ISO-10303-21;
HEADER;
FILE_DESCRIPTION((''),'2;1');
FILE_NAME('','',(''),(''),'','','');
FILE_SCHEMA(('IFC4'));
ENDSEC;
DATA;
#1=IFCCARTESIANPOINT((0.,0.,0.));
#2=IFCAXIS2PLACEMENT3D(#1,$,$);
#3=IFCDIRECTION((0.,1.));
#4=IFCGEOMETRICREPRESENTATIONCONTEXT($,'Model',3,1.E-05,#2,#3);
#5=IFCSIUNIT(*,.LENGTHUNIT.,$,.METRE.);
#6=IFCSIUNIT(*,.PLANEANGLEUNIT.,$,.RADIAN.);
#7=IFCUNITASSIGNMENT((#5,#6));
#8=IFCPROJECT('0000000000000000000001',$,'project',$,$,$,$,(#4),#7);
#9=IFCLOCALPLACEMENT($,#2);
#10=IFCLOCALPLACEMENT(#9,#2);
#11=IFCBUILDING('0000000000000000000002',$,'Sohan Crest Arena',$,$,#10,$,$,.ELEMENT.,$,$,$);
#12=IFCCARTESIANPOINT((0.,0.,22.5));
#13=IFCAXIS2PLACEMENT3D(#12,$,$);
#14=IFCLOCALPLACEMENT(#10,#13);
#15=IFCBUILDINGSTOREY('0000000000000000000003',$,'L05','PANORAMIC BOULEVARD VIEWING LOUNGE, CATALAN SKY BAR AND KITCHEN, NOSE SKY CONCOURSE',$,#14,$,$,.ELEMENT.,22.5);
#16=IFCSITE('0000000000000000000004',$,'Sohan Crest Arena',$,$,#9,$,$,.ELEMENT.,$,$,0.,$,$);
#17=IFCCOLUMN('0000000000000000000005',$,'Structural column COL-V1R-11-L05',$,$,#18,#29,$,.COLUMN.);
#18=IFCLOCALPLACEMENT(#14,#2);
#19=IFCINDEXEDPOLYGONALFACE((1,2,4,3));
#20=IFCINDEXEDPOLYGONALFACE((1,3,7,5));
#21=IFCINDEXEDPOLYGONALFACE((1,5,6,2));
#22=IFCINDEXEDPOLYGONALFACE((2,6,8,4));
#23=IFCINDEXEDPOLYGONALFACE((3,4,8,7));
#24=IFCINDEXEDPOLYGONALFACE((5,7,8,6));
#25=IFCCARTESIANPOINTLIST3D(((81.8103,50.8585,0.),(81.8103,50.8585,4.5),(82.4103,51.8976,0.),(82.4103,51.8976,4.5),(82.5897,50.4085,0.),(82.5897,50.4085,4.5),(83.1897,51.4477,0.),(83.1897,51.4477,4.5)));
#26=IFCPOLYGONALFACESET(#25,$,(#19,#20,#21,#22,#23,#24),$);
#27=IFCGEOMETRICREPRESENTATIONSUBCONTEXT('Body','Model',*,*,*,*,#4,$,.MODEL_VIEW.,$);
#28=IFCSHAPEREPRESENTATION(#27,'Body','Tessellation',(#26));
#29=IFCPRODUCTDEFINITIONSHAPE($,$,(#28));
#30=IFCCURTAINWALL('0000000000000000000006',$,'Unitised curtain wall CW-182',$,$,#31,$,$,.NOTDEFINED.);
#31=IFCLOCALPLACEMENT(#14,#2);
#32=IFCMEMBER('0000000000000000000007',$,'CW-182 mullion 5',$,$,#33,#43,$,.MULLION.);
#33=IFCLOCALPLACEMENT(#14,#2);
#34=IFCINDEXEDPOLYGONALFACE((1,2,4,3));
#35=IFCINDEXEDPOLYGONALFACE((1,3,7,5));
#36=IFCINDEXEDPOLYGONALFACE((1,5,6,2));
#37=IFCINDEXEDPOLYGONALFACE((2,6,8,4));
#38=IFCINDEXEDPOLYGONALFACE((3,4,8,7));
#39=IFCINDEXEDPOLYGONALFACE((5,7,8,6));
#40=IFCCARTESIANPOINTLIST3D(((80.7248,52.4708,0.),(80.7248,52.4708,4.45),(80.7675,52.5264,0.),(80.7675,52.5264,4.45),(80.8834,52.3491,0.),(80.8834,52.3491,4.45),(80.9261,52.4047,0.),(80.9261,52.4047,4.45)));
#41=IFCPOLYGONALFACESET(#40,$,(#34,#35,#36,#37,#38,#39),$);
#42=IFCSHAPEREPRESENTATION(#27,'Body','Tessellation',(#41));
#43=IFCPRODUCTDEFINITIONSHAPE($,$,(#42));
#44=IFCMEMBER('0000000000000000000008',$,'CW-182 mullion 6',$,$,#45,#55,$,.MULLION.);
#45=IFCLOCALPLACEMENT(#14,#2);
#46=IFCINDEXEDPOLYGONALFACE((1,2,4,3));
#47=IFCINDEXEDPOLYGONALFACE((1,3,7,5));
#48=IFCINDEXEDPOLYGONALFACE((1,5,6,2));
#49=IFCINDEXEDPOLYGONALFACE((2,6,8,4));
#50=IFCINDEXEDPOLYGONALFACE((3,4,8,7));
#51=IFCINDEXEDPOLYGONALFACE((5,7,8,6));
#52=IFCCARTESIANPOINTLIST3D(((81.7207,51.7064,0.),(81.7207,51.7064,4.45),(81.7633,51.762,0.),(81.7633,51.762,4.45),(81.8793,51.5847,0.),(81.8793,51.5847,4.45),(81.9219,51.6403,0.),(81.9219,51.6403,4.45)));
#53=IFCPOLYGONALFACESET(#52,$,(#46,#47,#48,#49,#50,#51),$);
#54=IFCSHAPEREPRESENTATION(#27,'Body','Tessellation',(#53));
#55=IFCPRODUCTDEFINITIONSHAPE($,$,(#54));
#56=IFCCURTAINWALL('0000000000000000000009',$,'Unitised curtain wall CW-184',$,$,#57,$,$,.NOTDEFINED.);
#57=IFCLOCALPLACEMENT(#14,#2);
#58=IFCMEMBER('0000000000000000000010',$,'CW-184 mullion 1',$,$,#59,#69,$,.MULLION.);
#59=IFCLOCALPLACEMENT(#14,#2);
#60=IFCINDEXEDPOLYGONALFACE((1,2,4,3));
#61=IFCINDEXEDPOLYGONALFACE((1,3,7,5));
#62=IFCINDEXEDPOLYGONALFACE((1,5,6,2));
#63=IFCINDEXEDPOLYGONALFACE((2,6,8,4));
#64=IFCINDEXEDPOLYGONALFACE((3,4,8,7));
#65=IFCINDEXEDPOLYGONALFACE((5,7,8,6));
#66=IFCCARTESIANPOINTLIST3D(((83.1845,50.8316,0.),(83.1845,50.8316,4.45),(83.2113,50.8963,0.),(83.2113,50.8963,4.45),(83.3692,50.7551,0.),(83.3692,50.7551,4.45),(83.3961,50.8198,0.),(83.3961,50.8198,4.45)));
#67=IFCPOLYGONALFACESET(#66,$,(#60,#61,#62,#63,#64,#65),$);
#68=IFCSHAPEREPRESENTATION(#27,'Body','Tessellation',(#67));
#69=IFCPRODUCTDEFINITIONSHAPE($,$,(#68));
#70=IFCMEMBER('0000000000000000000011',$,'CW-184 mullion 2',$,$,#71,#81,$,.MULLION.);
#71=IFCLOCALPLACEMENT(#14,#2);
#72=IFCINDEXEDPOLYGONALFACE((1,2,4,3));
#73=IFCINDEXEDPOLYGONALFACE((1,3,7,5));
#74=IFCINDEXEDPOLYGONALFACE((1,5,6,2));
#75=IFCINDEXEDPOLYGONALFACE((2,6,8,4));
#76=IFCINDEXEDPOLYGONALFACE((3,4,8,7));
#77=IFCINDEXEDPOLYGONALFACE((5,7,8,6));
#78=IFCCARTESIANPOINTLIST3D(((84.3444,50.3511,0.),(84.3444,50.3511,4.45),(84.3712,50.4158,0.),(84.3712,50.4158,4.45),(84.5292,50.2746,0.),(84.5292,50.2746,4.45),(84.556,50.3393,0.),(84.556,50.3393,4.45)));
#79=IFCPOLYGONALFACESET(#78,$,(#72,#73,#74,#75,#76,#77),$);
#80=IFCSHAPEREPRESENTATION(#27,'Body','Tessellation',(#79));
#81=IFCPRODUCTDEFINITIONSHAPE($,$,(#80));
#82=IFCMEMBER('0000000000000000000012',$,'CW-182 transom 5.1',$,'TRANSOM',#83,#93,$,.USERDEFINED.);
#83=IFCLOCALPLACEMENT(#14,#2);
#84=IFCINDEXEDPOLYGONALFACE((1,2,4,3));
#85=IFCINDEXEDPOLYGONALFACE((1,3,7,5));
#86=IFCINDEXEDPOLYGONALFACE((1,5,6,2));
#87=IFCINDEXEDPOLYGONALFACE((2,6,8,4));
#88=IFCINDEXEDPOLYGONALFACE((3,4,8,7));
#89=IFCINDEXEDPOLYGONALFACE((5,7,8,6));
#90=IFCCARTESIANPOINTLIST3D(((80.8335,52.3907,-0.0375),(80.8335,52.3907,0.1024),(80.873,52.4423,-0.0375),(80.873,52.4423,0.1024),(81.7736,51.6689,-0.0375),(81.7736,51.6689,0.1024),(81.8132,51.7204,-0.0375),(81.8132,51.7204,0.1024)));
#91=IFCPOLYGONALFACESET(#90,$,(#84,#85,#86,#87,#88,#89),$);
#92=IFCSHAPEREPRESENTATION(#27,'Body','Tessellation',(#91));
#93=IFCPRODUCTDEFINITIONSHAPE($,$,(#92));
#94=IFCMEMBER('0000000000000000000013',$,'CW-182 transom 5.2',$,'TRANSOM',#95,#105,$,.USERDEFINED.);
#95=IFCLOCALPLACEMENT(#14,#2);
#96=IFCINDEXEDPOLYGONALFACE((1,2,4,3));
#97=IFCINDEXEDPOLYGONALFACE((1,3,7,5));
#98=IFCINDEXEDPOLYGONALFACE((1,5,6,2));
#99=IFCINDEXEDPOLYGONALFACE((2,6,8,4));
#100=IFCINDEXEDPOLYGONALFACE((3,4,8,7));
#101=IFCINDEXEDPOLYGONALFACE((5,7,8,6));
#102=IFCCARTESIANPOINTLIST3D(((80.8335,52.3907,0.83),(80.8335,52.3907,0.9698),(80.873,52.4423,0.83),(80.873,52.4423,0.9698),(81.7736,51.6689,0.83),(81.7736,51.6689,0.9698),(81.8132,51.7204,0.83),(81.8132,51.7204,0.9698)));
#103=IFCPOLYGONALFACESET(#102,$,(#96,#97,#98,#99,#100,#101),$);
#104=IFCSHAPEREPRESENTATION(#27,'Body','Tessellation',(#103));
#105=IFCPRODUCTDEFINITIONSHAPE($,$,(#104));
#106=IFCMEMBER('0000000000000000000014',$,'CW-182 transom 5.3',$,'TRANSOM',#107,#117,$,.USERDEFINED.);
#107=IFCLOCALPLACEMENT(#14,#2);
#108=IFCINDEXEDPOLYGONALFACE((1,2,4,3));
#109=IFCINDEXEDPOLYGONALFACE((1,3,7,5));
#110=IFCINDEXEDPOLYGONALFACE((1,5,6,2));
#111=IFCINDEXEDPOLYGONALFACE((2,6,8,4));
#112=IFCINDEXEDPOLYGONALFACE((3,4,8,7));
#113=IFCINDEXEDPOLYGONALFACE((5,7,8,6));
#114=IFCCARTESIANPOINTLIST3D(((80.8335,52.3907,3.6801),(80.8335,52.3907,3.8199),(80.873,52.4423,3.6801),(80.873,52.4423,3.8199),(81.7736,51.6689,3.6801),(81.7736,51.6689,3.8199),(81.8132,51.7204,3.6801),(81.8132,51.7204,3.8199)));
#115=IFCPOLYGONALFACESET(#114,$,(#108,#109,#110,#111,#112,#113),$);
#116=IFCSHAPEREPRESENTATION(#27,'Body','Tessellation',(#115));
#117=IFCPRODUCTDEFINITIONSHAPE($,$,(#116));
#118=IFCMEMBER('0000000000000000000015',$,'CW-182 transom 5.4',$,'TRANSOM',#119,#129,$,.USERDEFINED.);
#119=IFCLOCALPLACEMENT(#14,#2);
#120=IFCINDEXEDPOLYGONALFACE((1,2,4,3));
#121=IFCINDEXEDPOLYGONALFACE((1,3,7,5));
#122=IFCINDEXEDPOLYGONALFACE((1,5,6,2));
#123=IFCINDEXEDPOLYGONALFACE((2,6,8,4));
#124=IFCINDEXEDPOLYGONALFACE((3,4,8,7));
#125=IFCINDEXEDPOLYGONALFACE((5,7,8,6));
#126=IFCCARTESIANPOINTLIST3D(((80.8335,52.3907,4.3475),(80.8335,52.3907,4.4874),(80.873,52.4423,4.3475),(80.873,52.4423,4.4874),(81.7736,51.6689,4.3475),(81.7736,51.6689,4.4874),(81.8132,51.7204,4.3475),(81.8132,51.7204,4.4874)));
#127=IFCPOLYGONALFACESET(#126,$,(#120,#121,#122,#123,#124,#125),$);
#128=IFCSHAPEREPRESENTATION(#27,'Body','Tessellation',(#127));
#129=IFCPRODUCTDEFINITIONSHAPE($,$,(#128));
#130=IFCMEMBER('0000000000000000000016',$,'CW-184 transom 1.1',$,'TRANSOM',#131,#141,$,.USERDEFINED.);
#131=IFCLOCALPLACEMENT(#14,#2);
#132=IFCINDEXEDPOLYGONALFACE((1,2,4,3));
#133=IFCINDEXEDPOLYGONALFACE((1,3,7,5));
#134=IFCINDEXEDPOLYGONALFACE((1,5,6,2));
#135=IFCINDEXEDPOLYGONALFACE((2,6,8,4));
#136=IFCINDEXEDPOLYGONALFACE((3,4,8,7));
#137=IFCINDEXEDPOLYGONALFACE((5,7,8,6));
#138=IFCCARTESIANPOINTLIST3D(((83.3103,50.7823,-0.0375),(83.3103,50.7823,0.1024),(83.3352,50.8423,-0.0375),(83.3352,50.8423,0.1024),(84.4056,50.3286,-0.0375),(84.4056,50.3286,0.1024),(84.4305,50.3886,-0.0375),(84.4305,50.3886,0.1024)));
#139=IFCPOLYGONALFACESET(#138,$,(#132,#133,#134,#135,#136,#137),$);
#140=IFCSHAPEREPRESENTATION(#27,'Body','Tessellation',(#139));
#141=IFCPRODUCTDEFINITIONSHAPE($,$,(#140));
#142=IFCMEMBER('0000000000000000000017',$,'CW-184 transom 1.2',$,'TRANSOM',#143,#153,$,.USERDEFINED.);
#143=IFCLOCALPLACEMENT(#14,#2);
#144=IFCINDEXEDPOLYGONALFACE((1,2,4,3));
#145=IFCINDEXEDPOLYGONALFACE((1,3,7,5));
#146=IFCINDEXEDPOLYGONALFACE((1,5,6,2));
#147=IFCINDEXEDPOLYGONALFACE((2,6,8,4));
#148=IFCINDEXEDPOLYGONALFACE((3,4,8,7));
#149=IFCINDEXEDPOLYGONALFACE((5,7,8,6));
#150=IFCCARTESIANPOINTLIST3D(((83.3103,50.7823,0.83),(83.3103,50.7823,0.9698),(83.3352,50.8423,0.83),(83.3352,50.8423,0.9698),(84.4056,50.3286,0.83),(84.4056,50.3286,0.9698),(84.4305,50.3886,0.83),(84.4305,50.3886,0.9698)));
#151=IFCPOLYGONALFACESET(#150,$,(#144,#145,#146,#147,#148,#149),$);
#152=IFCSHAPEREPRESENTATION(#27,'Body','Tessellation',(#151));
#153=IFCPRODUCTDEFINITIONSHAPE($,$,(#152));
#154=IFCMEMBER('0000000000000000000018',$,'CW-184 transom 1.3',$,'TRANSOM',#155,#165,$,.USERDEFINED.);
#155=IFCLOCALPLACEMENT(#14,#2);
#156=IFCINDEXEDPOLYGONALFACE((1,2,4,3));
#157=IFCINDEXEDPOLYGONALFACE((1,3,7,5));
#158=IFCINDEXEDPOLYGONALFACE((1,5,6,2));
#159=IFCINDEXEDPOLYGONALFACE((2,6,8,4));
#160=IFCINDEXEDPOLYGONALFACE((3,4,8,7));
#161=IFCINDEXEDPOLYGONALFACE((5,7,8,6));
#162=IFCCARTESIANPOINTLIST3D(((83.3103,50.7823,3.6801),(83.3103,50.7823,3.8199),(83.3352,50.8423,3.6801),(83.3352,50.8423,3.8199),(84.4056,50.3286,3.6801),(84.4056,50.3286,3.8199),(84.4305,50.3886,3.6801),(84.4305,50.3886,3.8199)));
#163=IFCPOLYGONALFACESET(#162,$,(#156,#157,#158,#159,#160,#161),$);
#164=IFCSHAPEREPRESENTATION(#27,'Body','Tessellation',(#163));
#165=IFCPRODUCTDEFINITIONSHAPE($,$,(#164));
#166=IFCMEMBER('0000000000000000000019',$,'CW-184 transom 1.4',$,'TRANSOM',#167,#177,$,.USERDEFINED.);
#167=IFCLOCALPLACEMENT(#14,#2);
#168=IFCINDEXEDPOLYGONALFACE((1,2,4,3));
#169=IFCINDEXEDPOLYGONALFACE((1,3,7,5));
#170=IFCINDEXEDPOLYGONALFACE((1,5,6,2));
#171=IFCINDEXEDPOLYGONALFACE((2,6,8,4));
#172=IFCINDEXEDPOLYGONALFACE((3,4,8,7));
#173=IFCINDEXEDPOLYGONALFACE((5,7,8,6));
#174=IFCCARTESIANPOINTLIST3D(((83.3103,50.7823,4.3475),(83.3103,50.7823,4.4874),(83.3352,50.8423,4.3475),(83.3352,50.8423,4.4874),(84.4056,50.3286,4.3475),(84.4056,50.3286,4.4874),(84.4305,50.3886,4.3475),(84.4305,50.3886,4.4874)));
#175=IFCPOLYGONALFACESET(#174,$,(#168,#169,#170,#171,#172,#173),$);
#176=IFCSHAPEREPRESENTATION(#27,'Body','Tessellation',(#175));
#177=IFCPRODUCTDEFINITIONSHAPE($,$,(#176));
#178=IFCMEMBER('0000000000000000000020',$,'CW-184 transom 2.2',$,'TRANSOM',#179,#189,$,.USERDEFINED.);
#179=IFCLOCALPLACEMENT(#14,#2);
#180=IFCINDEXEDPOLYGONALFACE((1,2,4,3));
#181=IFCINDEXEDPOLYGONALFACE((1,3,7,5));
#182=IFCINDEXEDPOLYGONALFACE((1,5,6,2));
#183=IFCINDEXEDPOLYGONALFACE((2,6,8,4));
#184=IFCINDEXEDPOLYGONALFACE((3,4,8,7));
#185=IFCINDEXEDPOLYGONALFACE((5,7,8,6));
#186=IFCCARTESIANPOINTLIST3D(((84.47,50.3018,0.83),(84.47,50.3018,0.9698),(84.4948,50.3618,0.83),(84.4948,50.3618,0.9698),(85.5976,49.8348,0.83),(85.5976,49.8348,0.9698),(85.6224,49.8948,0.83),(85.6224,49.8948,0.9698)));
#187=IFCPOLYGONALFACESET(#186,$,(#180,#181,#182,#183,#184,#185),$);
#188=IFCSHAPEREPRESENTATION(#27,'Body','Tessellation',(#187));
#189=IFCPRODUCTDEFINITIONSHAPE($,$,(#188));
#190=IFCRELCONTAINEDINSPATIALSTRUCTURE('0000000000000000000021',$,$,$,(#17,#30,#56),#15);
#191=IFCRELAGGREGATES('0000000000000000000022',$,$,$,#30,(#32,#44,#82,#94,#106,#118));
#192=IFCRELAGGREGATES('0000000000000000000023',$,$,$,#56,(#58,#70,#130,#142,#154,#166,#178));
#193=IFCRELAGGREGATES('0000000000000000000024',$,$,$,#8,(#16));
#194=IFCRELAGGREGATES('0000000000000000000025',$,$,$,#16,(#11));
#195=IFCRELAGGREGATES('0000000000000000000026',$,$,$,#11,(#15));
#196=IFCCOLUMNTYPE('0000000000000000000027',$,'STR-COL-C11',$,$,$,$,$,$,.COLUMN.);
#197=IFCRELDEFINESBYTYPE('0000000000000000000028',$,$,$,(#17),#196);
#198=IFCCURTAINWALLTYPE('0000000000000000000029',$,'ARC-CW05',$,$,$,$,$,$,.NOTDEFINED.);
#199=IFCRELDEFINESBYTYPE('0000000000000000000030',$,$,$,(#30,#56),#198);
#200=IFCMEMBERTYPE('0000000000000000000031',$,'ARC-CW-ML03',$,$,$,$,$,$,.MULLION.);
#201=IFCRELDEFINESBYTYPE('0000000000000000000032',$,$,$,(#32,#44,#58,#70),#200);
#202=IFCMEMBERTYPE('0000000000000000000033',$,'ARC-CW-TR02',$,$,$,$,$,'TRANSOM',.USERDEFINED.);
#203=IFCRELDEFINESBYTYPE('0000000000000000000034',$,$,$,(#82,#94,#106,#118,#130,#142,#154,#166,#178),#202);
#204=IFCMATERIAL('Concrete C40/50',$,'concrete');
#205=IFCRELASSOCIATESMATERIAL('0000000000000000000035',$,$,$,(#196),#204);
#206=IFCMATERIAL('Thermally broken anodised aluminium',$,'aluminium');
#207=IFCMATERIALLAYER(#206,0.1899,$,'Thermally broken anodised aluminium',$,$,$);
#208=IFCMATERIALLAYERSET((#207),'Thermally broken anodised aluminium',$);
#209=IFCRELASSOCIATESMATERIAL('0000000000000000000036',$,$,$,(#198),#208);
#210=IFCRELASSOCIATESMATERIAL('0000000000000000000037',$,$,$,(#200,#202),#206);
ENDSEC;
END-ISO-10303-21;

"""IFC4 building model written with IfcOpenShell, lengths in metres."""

from ifc_helpers import new_model, si_unit, direction, frame, origin, origin_2d, place, context, subcontext, project, spatial, rectangle, extrude, material, layer, layer_set, material_profile, profile_set, type_object, element, aggregate, save


model = new_model("IFC4")

# Units and contexts
model_context = context("Model", 3, precision=1e-05, world=origin(), true_north=direction((0.0, 1.0)))
body_context = subcontext(model_context, "Body", "Model", "MODEL_VIEW")
ifc_project = project(units=[si_unit("LENGTHUNIT", "METRE"), si_unit("PLANEANGLEUNIT", "RADIAN")], contexts=[model_context])

# Site, building, storey
site_placement = place(None, origin())
site = spatial("IfcSite", under=ifc_project, at=site_placement, Name="Sohan Crest Arena", CompositionType="ELEMENT", RefElevation=0.0)
building_placement = place(site_placement, origin())
building = spatial("IfcBuilding", under=site, at=building_placement, Name="Sohan Crest Arena", CompositionType="ELEMENT")
storey_placement = place(building_placement, frame((0.0, 0.0, 22.5)))
storey = spatial("IfcBuildingStorey", under=building, at=storey_placement, Name="L05", Description="PANORAMIC BOULEVARD VIEWING LOUNGE, CATALAN SKY BAR AND KITCHEN, NOSE SKY CONCOURSE", CompositionType="ELEMENT", Elevation=22.5)

# Column
ifc_material_1 = material(Name="Concrete C40/50", Category="concrete")
ifc_material_profile_1 = material_profile(ifc_material_1, rectangle(XDim=1.2, YDim=0.8999, at=origin_2d()), Name="RC 1200x900")
ifc_profile_set_1 = profile_set([ifc_material_profile_1], Name="Concrete C40/50")
column_type = type_object("IfcColumnType", Name="STR-COL-C11", PredefinedType="COLUMN", material=ifc_profile_set_1)
column_placement = place(storey_placement, frame((82.5, 51.1531, 0.0), z_axis=(0.0, 0.0, 1.0), x_axis=(0.5, 0.866025, 0.0)))
element("IfcColumn", 1, at=column_placement, inside=storey, type_object=column_type, Name="Structural column COL-V1R-11-L05", PredefinedType="COLUMN", context=body_context, shape_type="SweptSolid", body=[
    extrude(rectangle(XDim=1.2, YDim=0.8999, at=origin_2d()), origin(), (0.0, 0.0, 1.0), 4.5),
])

# Curtain walls, members
ifc_material_2 = material(Name="Thermally broken anodised aluminium", Category="aluminium")
ifc_layer_1 = layer(ifc_material_2, 0.1899, Name="Thermally broken anodised aluminium")
ifc_layer_set_1 = layer_set([ifc_layer_1], Name="Thermally broken anodised aluminium")
curtain_wall_type = type_object("IfcCurtainWallType", Name="ARC-CW05", PredefinedType="NOTDEFINED", material=ifc_layer_set_1)
curtain_wall_1_placement = place(storey_placement, origin())
curtain_wall_1 = element("IfcCurtainWall", 2, at=curtain_wall_1_placement, inside=storey, type_object=curtain_wall_type, Name="Unitised curtain wall CW-182", PredefinedType="NOTDEFINED")
ifc_material_profile_2 = material_profile(ifc_material_2, rectangle(XDim=0.0701, YDim=0.2, at=origin_2d()), Name="ALU-MULL 70x200")
ifc_profile_set_2 = profile_set([ifc_material_profile_2], Name="Thermally broken anodised aluminium")
member_type_1 = type_object("IfcMemberType", Name="ARC-CW-ML03", PredefinedType="MULLION", material=ifc_profile_set_2)
member_1_placement = place(storey_placement, frame((80.8254, 52.4377, 0.0), z_axis=(0.0, 0.0, 1.0), x_axis=(0.608939, 0.793217, 0.0)))
member_1 = element("IfcMember", 3, at=member_1_placement, type_object=member_type_1, Name="CW-182 mullion 5", PredefinedType="MULLION", context=body_context, shape_type="SweptSolid", body=[
    extrude(rectangle(XDim=0.0701, YDim=0.2, at=origin_2d()), origin(), (0.0, 0.0, 1.0), 4.45),
])
member_2_placement = place(storey_placement, frame((81.8213, 51.6733, 0.0), z_axis=(0.0, 0.0, 1.0), x_axis=(0.608939, 0.793217, 0.0)))
member_2 = element("IfcMember", 4, at=member_2_placement, type_object=member_type_1, Name="CW-182 mullion 6", PredefinedType="MULLION", context=body_context, shape_type="SweptSolid", body=[
    extrude(rectangle(XDim=0.0701, YDim=0.2, at=origin_2d()), origin(), (0.0, 0.0, 1.0), 4.45),
])
curtain_wall_2_placement = place(storey_placement, origin())
curtain_wall_2 = element("IfcCurtainWall", 5, at=curtain_wall_2_placement, inside=storey, type_object=curtain_wall_type, Name="Unitised curtain wall CW-184", PredefinedType="NOTDEFINED")
member_3_placement = place(storey_placement, frame((83.2903, 50.8257, 0.0), z_axis=(0.0, 0.0, 1.0), x_axis=(0.382667, 0.923886, 0.0)))
member_3 = element("IfcMember", 6, at=member_3_placement, type_object=member_type_1, Name="CW-184 mullion 1", PredefinedType="MULLION", context=body_context, shape_type="SweptSolid", body=[
    extrude(rectangle(XDim=0.0701, YDim=0.2, at=origin_2d()), origin(), (0.0, 0.0, 1.0), 4.45),
])
member_4_placement = place(storey_placement, frame((84.4502, 50.3452, 0.0), z_axis=(0.0, 0.0, 1.0), x_axis=(0.382667, 0.923886, 0.0)))
member_4 = element("IfcMember", 7, at=member_4_placement, type_object=member_type_1, Name="CW-184 mullion 2", PredefinedType="MULLION", context=body_context, shape_type="SweptSolid", body=[
    extrude(rectangle(XDim=0.0701, YDim=0.2, at=origin_2d()), origin(), (0.0, 0.0, 1.0), 4.45),
])

# Members
ifc_material_profile_3 = material_profile(ifc_material_2, rectangle(XDim=0.0649, YDim=0.1399, at=origin_2d()), Name="ALU-TRAN 65x140")
ifc_profile_set_3 = profile_set([ifc_material_profile_3], Name="Thermally broken anodised aluminium")
member_type_2 = type_object("IfcMemberType", Name="ARC-CW-TR02", ElementType="TRANSOM", PredefinedType="USERDEFINED", material=ifc_profile_set_3)
member_5_placement = place(storey_placement, frame((80.8533, 52.4165, 0.0325), z_axis=(0.793152, -0.609024, 0.0), x_axis=(0.609024, 0.793152, 0.0)))
member_5 = element("IfcMember", 8, at=member_5_placement, type_object=member_type_2, Name="CW-182 transom 5.1", ObjectType="TRANSOM", PredefinedType="USERDEFINED", context=body_context, shape_type="SweptSolid", body=[
    extrude(rectangle(XDim=0.0649, YDim=0.1399, at=origin_2d()), origin(), (0.0, 0.0, 1.0), 1.1853),
])
member_6_placement = place(storey_placement, frame((80.8533, 52.4165, 0.8999), z_axis=(0.793152, -0.609024, 0.0), x_axis=(0.609024, 0.793152, 0.0)))
member_6 = element("IfcMember", 9, at=member_6_placement, type_object=member_type_2, Name="CW-182 transom 5.2", ObjectType="TRANSOM", PredefinedType="USERDEFINED", context=body_context, shape_type="SweptSolid", body=[
    extrude(rectangle(XDim=0.0649, YDim=0.1399, at=origin_2d()), origin(), (0.0, 0.0, 1.0), 1.1853),
])
member_7_placement = place(storey_placement, frame((80.8533, 52.4165, 3.75), z_axis=(0.793152, -0.609024, 0.0), x_axis=(0.609024, 0.793152, 0.0)))
member_7 = element("IfcMember", 10, at=member_7_placement, type_object=member_type_2, Name="CW-182 transom 5.3", ObjectType="TRANSOM", PredefinedType="USERDEFINED", context=body_context, shape_type="SweptSolid", body=[
    extrude(rectangle(XDim=0.0649, YDim=0.1399, at=origin_2d()), origin(), (0.0, 0.0, 1.0), 1.1853),
])
member_8_placement = place(storey_placement, frame((80.8533, 52.4165, 4.4175), z_axis=(0.793152, -0.609024, 0.0), x_axis=(0.609024, 0.793152, 0.0)))
member_8 = element("IfcMember", 11, at=member_8_placement, type_object=member_type_2, Name="CW-182 transom 5.4", ObjectType="TRANSOM", PredefinedType="USERDEFINED", context=body_context, shape_type="SweptSolid", body=[
    extrude(rectangle(XDim=0.0649, YDim=0.1399, at=origin_2d()), origin(), (0.0, 0.0, 1.0), 1.1853),
])
member_9_placement = place(storey_placement, frame((83.3228, 50.8123, 0.0325), z_axis=(0.923891, -0.382655, 0.0), x_axis=(0.382655, 0.923891, 0.0)))
member_9 = element("IfcMember", 12, at=member_9_placement, type_object=member_type_2, Name="CW-184 transom 1.1", ObjectType="TRANSOM", PredefinedType="USERDEFINED", context=body_context, shape_type="SweptSolid", body=[
    extrude(rectangle(XDim=0.0649, YDim=0.1399, at=origin_2d()), origin(), (0.0, 0.0, 1.0), 1.1855),
])
member_10_placement = place(storey_placement, frame((83.3228, 50.8123, 0.8999), z_axis=(0.923891, -0.382655, 0.0), x_axis=(0.382655, 0.923891, 0.0)))
member_10 = element("IfcMember", 13, at=member_10_placement, type_object=member_type_2, Name="CW-184 transom 1.2", ObjectType="TRANSOM", PredefinedType="USERDEFINED", context=body_context, shape_type="SweptSolid", body=[
    extrude(rectangle(XDim=0.0649, YDim=0.1399, at=origin_2d()), origin(), (0.0, 0.0, 1.0), 1.1855),
])
member_11_placement = place(storey_placement, frame((83.3228, 50.8123, 3.75), z_axis=(0.923891, -0.382655, 0.0), x_axis=(0.382655, 0.923891, 0.0)))
member_11 = element("IfcMember", 14, at=member_11_placement, type_object=member_type_2, Name="CW-184 transom 1.3", ObjectType="TRANSOM", PredefinedType="USERDEFINED", context=body_context, shape_type="SweptSolid", body=[
    extrude(rectangle(XDim=0.0649, YDim=0.1399, at=origin_2d()), origin(), (0.0, 0.0, 1.0), 1.1855),
])
member_12_placement = place(storey_placement, frame((83.3228, 50.8123, 4.4175), z_axis=(0.923891, -0.382655, 0.0), x_axis=(0.382655, 0.923891, 0.0)))
member_12 = element("IfcMember", 15, at=member_12_placement, type_object=member_type_2, Name="CW-184 transom 1.4", ObjectType="TRANSOM", PredefinedType="USERDEFINED", context=body_context, shape_type="SweptSolid", body=[
    extrude(rectangle(XDim=0.0649, YDim=0.1399, at=origin_2d()), origin(), (0.0, 0.0, 1.0), 1.1855),
])
member_13_placement = place(storey_placement, frame((84.4824, 50.3318, 0.8999), z_axis=(0.923897, -0.38264, 0.0), x_axis=(0.38264, 0.923897, 0.0)))
member_13 = element("IfcMember", 16, at=member_13_placement, type_object=member_type_2, Name="CW-184 transom 2.2", ObjectType="TRANSOM", PredefinedType="USERDEFINED", context=body_context, shape_type="SweptSolid", body=[
    extrude(rectangle(XDim=0.0649, YDim=0.1399, at=origin_2d()), origin(), (0.0, 0.0, 1.0), 1.2205),
])

aggregate(curtain_wall_1, [member_1, member_2, member_5, member_6, member_7, member_8])
aggregate(curtain_wall_2, [member_3, member_4, member_9, member_10, member_11, member_12, member_13])

save(model, "model.ifc")
